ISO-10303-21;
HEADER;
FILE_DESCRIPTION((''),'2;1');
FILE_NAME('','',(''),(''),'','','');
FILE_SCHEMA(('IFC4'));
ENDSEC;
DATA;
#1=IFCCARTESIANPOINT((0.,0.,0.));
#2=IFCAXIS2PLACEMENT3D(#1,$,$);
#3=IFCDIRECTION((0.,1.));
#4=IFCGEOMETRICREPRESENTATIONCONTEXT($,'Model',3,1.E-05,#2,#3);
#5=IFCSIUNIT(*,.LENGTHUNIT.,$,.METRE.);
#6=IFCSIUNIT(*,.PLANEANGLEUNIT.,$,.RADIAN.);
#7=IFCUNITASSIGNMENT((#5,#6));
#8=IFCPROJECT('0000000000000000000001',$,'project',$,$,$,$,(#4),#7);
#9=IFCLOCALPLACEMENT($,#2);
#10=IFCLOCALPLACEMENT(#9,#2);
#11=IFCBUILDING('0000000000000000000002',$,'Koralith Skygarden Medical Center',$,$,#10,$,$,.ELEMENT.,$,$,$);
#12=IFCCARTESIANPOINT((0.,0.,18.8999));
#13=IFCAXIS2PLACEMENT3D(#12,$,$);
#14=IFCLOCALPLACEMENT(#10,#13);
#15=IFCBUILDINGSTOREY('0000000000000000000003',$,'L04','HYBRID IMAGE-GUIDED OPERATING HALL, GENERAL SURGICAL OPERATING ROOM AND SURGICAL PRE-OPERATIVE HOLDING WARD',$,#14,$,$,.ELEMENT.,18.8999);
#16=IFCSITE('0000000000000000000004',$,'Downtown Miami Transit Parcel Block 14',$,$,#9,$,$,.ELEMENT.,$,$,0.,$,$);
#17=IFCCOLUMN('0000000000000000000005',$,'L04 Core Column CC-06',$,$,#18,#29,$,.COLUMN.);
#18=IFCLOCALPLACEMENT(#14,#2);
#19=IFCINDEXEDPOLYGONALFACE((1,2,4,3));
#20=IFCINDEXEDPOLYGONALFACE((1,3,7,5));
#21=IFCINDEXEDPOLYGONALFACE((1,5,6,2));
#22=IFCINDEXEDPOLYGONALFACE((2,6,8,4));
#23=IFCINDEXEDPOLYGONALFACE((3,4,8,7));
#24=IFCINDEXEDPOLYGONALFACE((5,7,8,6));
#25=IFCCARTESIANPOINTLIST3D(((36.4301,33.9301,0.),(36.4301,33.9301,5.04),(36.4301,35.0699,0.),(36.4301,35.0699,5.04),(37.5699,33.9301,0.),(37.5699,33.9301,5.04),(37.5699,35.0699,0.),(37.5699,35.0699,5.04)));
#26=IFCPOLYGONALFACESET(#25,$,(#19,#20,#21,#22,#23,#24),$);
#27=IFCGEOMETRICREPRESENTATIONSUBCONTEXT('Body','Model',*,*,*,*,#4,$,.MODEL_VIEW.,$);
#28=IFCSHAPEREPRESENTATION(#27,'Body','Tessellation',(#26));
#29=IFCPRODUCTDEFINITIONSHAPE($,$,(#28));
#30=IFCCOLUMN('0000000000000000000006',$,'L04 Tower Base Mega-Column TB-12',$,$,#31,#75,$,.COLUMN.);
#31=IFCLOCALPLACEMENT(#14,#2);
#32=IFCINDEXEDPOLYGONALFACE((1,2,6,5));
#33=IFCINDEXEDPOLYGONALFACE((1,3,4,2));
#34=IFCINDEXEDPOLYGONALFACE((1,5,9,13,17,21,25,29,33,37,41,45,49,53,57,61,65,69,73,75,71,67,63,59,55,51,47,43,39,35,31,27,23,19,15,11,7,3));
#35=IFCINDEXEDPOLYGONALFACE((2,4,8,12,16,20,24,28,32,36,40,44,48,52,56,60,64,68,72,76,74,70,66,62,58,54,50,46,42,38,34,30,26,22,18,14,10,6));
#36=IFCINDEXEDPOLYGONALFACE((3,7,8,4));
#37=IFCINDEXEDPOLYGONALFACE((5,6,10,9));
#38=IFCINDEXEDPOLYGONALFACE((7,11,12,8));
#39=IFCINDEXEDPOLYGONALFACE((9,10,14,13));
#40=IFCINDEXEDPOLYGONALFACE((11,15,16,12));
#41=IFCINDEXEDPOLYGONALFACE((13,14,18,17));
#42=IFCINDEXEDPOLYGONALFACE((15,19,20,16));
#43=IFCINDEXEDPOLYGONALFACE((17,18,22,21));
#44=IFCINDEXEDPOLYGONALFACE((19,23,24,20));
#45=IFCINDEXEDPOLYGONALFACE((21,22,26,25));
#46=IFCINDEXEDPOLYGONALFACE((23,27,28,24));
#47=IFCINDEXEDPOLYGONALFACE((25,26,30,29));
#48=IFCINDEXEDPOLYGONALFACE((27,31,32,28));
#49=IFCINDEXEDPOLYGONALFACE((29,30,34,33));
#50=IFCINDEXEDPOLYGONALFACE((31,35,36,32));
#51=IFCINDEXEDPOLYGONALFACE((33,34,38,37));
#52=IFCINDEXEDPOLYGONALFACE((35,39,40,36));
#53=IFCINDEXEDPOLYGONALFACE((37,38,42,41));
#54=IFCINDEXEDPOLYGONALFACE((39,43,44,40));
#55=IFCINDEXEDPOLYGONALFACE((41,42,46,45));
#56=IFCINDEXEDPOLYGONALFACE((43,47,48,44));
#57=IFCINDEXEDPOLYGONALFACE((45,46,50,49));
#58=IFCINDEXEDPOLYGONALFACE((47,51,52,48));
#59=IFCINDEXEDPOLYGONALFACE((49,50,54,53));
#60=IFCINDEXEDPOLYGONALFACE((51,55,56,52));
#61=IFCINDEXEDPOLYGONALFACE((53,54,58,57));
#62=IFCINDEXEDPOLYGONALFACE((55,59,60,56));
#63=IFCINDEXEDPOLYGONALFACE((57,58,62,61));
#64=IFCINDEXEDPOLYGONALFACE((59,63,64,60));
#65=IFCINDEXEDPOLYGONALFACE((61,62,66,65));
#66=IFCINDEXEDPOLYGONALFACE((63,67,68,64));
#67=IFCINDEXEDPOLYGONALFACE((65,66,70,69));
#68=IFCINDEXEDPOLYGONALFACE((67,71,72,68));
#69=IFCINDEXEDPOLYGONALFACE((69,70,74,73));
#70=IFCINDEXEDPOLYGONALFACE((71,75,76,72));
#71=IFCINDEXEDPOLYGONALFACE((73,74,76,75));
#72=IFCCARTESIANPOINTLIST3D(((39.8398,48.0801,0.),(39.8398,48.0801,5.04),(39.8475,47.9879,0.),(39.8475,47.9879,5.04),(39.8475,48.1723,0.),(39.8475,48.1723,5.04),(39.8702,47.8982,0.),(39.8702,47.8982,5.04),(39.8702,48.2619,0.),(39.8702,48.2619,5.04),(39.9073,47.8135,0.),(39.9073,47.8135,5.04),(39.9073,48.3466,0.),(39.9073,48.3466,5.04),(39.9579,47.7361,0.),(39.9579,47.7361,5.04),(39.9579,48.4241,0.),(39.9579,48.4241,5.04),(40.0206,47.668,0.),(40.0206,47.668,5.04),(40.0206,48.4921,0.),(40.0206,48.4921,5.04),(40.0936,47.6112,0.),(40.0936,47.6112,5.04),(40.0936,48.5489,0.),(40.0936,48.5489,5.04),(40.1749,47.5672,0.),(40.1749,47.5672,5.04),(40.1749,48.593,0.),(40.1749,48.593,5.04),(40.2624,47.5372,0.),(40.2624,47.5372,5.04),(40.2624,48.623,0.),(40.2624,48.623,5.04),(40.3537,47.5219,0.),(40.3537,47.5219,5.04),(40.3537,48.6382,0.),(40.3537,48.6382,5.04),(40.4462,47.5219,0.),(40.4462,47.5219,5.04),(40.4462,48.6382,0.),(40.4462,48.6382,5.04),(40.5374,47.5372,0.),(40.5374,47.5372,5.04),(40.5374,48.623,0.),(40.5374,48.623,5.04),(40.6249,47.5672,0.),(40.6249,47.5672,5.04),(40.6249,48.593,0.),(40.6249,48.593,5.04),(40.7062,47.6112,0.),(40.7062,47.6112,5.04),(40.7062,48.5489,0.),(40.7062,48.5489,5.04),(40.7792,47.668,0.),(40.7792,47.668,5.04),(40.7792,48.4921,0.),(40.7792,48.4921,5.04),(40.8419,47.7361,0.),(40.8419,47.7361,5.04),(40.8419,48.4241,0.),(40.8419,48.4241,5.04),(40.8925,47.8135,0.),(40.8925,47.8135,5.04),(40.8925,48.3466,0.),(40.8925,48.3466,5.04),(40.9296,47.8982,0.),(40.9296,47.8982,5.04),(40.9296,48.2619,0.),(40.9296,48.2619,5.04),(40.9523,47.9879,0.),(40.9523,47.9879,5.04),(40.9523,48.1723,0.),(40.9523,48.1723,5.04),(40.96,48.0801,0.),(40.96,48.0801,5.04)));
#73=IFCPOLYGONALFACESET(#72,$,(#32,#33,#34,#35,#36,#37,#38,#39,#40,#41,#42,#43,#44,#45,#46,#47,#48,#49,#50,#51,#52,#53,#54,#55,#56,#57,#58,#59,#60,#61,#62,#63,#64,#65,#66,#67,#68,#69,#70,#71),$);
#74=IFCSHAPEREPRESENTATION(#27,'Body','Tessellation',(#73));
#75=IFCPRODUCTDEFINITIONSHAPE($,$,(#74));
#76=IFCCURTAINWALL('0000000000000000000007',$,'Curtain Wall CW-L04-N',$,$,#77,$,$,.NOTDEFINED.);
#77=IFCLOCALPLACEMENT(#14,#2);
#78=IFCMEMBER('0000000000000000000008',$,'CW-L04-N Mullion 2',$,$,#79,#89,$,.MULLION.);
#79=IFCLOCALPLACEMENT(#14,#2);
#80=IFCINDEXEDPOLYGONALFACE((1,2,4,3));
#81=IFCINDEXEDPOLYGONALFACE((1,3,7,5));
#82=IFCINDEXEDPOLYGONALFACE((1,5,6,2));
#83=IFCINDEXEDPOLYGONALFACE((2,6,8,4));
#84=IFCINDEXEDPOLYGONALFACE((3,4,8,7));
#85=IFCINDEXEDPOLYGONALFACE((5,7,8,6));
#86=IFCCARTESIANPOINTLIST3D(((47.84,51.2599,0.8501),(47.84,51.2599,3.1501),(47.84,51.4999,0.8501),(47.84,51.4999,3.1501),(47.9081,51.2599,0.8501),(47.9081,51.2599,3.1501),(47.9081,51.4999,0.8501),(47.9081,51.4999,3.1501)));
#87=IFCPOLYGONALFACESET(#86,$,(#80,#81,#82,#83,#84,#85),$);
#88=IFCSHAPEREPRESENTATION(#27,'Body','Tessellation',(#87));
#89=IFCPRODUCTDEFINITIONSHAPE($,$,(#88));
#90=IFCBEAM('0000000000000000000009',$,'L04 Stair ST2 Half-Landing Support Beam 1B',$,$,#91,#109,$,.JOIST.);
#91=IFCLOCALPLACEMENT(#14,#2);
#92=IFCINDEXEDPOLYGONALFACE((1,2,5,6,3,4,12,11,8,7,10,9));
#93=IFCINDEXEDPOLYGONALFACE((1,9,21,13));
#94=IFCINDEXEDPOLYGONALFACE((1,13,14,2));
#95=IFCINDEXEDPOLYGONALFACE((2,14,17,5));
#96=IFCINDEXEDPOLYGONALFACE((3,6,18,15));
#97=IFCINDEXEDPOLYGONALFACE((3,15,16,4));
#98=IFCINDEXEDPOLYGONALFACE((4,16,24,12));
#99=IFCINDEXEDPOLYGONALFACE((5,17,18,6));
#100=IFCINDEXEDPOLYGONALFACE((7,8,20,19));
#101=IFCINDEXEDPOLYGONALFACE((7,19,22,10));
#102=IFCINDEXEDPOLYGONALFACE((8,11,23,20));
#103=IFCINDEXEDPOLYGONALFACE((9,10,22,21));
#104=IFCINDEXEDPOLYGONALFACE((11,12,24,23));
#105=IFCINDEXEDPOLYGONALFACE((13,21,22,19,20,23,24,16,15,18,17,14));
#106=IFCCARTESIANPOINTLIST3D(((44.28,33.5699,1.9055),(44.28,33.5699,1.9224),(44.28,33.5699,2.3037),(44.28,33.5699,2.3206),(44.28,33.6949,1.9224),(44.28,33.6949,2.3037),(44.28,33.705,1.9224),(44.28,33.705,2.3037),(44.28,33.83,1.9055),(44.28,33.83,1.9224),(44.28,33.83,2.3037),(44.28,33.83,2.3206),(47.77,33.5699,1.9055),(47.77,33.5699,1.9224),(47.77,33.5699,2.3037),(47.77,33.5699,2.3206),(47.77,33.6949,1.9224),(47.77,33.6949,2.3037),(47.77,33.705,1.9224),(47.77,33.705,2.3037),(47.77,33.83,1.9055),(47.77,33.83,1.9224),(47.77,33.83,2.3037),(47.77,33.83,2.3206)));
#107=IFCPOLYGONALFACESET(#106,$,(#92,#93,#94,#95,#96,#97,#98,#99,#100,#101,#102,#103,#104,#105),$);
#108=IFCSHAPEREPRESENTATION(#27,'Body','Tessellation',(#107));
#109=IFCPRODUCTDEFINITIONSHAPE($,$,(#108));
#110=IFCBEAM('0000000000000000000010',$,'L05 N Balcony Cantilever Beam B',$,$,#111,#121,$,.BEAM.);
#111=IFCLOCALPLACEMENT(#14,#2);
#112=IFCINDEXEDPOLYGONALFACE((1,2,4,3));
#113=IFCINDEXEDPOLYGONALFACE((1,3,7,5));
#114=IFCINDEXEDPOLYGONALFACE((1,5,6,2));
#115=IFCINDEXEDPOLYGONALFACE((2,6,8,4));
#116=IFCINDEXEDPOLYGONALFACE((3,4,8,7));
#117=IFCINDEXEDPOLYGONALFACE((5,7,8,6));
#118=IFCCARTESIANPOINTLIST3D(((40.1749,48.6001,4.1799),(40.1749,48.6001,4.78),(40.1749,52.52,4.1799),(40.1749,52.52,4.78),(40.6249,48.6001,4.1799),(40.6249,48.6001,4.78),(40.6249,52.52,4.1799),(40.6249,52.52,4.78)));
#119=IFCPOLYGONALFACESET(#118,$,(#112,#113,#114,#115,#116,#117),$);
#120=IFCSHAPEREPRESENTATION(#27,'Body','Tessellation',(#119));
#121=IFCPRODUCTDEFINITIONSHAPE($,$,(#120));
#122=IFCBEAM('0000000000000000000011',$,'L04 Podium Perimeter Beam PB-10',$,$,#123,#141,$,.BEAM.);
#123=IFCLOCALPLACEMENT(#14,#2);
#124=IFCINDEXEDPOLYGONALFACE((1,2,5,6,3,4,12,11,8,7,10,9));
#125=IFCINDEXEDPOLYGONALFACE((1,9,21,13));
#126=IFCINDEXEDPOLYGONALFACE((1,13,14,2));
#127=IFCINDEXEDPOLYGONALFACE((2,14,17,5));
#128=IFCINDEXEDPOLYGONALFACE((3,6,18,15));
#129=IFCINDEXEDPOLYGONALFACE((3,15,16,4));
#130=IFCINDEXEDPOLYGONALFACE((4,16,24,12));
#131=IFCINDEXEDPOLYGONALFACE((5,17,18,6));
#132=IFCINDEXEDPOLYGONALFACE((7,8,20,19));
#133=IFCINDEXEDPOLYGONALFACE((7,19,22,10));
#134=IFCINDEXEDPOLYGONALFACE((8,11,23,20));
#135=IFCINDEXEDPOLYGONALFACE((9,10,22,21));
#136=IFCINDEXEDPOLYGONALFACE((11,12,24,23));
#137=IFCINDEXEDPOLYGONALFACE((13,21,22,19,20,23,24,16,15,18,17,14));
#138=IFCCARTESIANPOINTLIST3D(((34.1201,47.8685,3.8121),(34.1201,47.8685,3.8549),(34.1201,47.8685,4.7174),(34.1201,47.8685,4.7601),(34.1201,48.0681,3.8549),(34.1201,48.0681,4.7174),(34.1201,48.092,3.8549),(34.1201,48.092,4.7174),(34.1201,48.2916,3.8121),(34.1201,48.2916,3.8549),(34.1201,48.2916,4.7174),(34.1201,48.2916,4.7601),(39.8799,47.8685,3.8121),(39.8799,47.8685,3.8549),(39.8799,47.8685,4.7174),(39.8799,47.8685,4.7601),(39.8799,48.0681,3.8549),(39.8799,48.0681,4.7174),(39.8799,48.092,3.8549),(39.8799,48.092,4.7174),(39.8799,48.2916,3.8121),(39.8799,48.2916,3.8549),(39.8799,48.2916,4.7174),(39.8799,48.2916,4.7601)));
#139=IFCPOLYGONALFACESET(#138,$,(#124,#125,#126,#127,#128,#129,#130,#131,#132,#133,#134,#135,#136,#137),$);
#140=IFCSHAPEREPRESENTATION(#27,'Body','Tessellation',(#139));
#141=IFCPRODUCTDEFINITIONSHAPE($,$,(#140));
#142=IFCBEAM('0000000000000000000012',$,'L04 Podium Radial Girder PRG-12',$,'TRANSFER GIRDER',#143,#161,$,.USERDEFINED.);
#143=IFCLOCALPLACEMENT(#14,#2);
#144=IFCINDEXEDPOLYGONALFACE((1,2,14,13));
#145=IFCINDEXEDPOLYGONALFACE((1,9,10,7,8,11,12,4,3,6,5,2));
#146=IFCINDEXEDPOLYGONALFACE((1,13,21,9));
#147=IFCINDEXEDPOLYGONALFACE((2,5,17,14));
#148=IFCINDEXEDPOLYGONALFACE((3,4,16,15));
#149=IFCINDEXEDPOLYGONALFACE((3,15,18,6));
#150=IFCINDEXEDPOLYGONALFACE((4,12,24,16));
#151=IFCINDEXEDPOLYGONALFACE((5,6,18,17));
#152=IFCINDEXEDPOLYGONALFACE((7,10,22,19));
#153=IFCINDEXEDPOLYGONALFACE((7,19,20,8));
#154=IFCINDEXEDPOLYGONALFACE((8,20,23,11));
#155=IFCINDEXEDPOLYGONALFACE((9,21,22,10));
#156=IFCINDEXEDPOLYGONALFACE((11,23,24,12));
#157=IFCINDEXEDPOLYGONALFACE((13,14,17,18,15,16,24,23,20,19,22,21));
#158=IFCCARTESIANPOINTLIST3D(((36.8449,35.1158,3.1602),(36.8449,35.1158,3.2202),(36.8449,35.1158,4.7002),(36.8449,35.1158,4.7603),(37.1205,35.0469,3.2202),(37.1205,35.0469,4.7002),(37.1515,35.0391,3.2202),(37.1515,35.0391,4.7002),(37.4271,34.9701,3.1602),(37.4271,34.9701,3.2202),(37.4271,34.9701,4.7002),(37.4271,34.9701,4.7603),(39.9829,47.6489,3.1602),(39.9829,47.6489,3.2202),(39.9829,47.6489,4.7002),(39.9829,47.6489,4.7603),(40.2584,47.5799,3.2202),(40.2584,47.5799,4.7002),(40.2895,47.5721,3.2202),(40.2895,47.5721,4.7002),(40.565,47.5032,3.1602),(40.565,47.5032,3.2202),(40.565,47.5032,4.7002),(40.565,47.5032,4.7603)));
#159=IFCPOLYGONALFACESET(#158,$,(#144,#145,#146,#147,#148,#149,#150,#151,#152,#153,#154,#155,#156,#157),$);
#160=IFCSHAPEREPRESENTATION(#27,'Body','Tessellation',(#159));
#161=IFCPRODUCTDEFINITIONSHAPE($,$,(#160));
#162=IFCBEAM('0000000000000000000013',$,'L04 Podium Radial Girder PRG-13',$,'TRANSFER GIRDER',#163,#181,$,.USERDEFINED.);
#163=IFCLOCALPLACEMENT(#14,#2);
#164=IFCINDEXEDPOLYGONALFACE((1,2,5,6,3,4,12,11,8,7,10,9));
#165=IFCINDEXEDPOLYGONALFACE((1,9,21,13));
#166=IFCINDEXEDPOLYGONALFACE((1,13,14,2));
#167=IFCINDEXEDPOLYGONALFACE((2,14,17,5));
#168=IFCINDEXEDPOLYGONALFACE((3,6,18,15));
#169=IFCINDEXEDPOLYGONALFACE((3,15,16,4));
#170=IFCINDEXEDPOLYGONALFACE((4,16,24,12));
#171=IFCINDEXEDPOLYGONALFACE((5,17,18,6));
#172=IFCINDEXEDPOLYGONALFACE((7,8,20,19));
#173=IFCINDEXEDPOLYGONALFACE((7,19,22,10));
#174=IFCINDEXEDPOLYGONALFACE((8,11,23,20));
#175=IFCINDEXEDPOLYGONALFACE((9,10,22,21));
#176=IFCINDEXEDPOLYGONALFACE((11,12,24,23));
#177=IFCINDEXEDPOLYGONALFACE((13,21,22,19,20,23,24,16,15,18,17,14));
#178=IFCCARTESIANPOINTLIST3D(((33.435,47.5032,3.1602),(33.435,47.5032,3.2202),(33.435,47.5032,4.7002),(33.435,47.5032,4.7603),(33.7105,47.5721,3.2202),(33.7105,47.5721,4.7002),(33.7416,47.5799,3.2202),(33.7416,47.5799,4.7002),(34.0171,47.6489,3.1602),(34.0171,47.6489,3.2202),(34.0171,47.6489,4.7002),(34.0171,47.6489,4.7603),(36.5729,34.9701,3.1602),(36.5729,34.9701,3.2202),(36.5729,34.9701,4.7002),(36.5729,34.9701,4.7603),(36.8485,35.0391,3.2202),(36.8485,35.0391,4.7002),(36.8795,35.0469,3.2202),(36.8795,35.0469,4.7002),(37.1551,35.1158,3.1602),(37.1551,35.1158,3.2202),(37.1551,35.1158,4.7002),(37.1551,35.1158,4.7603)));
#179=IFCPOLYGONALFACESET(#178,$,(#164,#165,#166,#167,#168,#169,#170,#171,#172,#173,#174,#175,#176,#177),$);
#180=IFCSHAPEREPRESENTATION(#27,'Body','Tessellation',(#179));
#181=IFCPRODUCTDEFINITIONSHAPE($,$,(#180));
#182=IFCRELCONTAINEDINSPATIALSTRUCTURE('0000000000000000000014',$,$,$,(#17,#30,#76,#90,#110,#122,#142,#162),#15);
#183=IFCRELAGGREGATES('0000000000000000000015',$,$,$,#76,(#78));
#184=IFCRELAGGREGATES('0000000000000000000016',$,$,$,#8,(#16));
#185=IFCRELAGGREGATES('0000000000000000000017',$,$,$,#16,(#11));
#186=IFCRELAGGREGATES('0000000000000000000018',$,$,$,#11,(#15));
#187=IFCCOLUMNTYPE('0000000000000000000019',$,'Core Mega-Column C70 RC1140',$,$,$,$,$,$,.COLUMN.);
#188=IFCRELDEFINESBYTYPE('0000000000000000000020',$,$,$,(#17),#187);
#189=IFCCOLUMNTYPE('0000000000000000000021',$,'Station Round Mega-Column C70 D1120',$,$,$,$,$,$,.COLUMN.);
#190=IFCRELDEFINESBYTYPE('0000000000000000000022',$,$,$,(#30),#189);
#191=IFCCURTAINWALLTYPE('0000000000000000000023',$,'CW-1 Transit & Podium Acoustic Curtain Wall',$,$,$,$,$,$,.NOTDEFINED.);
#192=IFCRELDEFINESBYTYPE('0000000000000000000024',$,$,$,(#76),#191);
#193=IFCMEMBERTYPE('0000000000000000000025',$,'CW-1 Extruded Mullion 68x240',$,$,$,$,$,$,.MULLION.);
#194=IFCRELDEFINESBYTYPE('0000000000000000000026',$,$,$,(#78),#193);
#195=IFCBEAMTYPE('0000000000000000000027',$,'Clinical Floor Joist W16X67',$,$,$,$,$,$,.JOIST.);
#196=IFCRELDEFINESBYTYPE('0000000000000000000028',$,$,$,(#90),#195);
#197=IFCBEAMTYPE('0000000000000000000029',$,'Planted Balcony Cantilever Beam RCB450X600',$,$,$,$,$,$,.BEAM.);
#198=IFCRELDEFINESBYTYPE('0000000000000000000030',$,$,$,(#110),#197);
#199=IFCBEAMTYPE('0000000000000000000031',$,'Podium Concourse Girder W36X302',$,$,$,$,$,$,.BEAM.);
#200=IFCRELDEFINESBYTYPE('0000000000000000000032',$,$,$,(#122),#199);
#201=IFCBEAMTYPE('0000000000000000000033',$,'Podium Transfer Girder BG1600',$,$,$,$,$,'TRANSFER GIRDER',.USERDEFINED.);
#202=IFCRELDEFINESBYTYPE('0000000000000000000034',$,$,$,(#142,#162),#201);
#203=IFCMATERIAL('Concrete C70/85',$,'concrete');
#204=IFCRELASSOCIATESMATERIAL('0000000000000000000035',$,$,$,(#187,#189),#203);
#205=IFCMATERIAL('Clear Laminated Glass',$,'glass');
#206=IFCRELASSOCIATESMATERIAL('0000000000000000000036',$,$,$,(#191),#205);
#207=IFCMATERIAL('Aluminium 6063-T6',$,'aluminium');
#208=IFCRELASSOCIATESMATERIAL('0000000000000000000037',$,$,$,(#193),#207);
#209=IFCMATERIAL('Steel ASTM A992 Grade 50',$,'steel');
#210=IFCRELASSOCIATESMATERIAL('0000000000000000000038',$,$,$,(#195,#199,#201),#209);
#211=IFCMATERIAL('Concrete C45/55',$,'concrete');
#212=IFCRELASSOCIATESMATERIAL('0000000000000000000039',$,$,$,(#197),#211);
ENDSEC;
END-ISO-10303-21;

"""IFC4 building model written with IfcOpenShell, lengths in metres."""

from ifc_helpers import new_model, si_unit, direction, frame, origin, origin_2d, place, context, subcontext, project, spatial, rectangle, circle, i_section, extrude, material, material_profile, profile_set, type_object, element, aggregate, save


model = new_model("IFC4")

# Units and contexts
model_context = context("Model", 3, precision=1e-05, world=origin(), true_north=direction((0.0, 1.0)))
body_context = subcontext(model_context, "Body", "Model", "MODEL_VIEW")
ifc_project = project(units=[si_unit("LENGTHUNIT", "METRE"), si_unit("PLANEANGLEUNIT", "RADIAN")], contexts=[model_context])

# Site, building, storey
site_placement = place(None, origin())
site = spatial("IfcSite", under=ifc_project, at=site_placement, Name="Downtown Miami Transit Parcel Block 14", CompositionType="ELEMENT", RefElevation=0.0)
building_placement = place(site_placement, origin())
building = spatial("IfcBuilding", under=site, at=building_placement, Name="Koralith Skygarden Medical Center", CompositionType="ELEMENT")
storey_placement = place(building_placement, frame((0.0, 0.0, 18.8999)))
storey = spatial("IfcBuildingStorey", under=building, at=storey_placement, Name="L04", Description="HYBRID IMAGE-GUIDED OPERATING HALL, GENERAL SURGICAL OPERATING ROOM AND SURGICAL PRE-OPERATIVE HOLDING WARD", CompositionType="ELEMENT", Elevation=18.8999)

# Columns
ifc_material_1 = material(Name="Concrete C70/85", Category="concrete")
ifc_material_profile_1 = material_profile(ifc_material_1, rectangle(XDim=1.1399, YDim=1.1399, at=origin_2d()), Name="RC1140X1140")
ifc_profile_set_1 = profile_set([ifc_material_profile_1], Name="Concrete C70/85")
column_type_1 = type_object("IfcColumnType", Name="Core Mega-Column C70 RC1140", PredefinedType="COLUMN", material=ifc_profile_set_1)
column_1_placement = place(storey_placement, frame((37.0, 34.5, 0.0), z_axis=(0.0, 0.0, 1.0), x_axis=(1.0, 0.0, 0.0)))
element("IfcColumn", 1, at=column_1_placement, inside=storey, type_object=column_type_1, Name="L04 Core Column CC-06", PredefinedType="COLUMN", context=body_context, shape_type="SweptSolid", body=[
    extrude(rectangle(XDim=1.1399, YDim=1.1399, at=origin_2d()), origin(), (0.0, 0.0, 1.0), 5.04),
])
ifc_material_profile_2 = material_profile(ifc_material_1, circle(Radius=0.5601, at=origin_2d()), Name="RCCOL1120")
ifc_profile_set_2 = profile_set([ifc_material_profile_2], Name="Concrete C70/85")
column_type_2 = type_object("IfcColumnType", Name="Station Round Mega-Column C70 D1120", PredefinedType="COLUMN", material=ifc_profile_set_2)
column_2_placement = place(storey_placement, frame((40.3999, 48.0801, 0.0), z_axis=(0.0, 0.0, 1.0), x_axis=(1.0, 0.0, 0.0)))
element("IfcColumn", 2, at=column_2_placement, inside=storey, type_object=column_type_2, Name="L04 Tower Base Mega-Column TB-12", PredefinedType="COLUMN", context=body_context, shape_type="SweptSolid", body=[
    extrude(circle(Radius=0.5601, at=origin_2d()), origin(), (0.0, 0.0, 1.0), 5.04),
])

# Curtain wall, member
ifc_material_2 = material(Name="Clear Laminated Glass", Category="glass")
curtain_wall_type = type_object("IfcCurtainWallType", Name="CW-1 Transit & Podium Acoustic Curtain Wall", PredefinedType="NOTDEFINED", material=ifc_material_2)
curtain_wall_placement = place(storey_placement, origin())
curtain_wall = element("IfcCurtainWall", 3, at=curtain_wall_placement, inside=storey, type_object=curtain_wall_type, Name="Curtain Wall CW-L04-N", PredefinedType="NOTDEFINED")
ifc_material_3 = material(Name="Aluminium 6063-T6", Category="aluminium")
ifc_material_profile_3 = material_profile(ifc_material_3, rectangle(XDim=0.0681, YDim=0.24, at=origin_2d()), Name="MUL68X240")
ifc_profile_set_3 = profile_set([ifc_material_profile_3], Name="Aluminium 6063-T6")
member_type = type_object("IfcMemberType", Name="CW-1 Extruded Mullion 68x240", PredefinedType="MULLION", material=ifc_profile_set_3)
member_placement = place(storey_placement, frame((47.874, 51.3799, 0.8501), z_axis=(0.0, 0.0, 1.0), x_axis=(1.0, 0.0, 0.0)))
member = element("IfcMember", 4, at=member_placement, type_object=member_type, Name="CW-L04-N Mullion 2", PredefinedType="MULLION", context=body_context, shape_type="SweptSolid", body=[
    extrude(rectangle(XDim=0.0681, YDim=0.24, at=origin_2d()), origin(), (0.0, 0.0, 1.0), 2.3),
])

# Beams
ifc_material_4 = material(Name="Steel ASTM A992 Grade 50", Category="steel")
ifc_material_profile_4 = material_profile(ifc_material_4, i_section(OverallWidth=0.26, OverallDepth=0.415, WebThickness=0.01, FlangeThickness=0.0168, at=origin_2d()), Name="W16X67")
ifc_profile_set_4 = profile_set([ifc_material_profile_4], Name="Steel ASTM A992 Grade 50")
beam_type_1 = type_object("IfcBeamType", Name="Clinical Floor Joist W16X67", PredefinedType="JOIST", material=ifc_profile_set_4)
beam_1_placement = place(storey_placement, frame((44.28, 33.7, 2.113), z_axis=(1.0, 0.0, 0.0), x_axis=(0.0, 1.0, 0.0)))
element("IfcBeam", 5, at=beam_1_placement, inside=storey, type_object=beam_type_1, Name="L04 Stair ST2 Half-Landing Support Beam 1B", PredefinedType="JOIST", context=body_context, shape_type="SweptSolid", body=[
    extrude(i_section(OverallWidth=0.26, OverallDepth=0.415, WebThickness=0.01, FlangeThickness=0.0168, at=origin_2d()), origin(), (0.0, 0.0, 1.0), 3.49),
])
ifc_material_5 = material(Name="Concrete C45/55", Category="concrete")
ifc_material_profile_5 = material_profile(ifc_material_5, rectangle(XDim=0.45, YDim=0.6001, at=origin_2d()), Name="RCB450X600")
ifc_profile_set_5 = profile_set([ifc_material_profile_5], Name="Concrete C45/55")
beam_type_2 = type_object("IfcBeamType", Name="Planted Balcony Cantilever Beam RCB450X600", PredefinedType="BEAM", material=ifc_profile_set_5)
beam_2_placement = place(storey_placement, frame((40.3999, 48.6001, 4.48), z_axis=(0.0, 1.0, 0.0), x_axis=(-1.0, 0.0, 0.0)))
element("IfcBeam", 6, at=beam_2_placement, inside=storey, type_object=beam_type_2, Name="L05 N Balcony Cantilever Beam B", PredefinedType="BEAM", context=body_context, shape_type="SweptSolid", body=[
    extrude(rectangle(XDim=0.45, YDim=0.6001, at=origin_2d()), origin(), (0.0, 0.0, 1.0), 3.9199),
])
ifc_material_profile_6 = material_profile(ifc_material_4, i_section(OverallWidth=0.4231, OverallDepth=0.948, WebThickness=0.0239, FlangeThickness=0.0427, at=origin_2d()), Name="W36X302")
ifc_profile_set_6 = profile_set([ifc_material_profile_6], Name="Steel ASTM A992 Grade 50")
beam_type_3 = type_object("IfcBeamType", Name="Podium Concourse Girder W36X302", PredefinedType="BEAM", material=ifc_profile_set_6)
beam_3_placement = place(storey_placement, frame((39.8799, 48.0801, 4.2861), z_axis=(-1.0, 0.0, 0.0), x_axis=(0.0, -1.0, 0.0)))
element("IfcBeam", 7, at=beam_3_placement, inside=storey, type_object=beam_type_3, Name="L04 Podium Perimeter Beam PB-10", PredefinedType="BEAM", context=body_context, shape_type="SweptSolid", body=[
    extrude(i_section(OverallWidth=0.4231, OverallDepth=0.948, WebThickness=0.0239, FlangeThickness=0.0427, at=origin_2d()), origin(), (0.0, 0.0, 1.0), 5.7598),
])
ifc_material_profile_7 = material_profile(ifc_material_4, i_section(OverallWidth=0.6001, OverallDepth=1.6001, WebThickness=0.032, FlangeThickness=0.0601, at=origin_2d()), Name="BG1600X600X60X32")
ifc_profile_set_7 = profile_set([ifc_material_profile_7], Name="Steel ASTM A992 Grade 50")
beam_type_4 = type_object("IfcBeamType", Name="Podium Transfer Girder BG1600", ElementType="TRANSFER GIRDER", PredefinedType="USERDEFINED", material=ifc_profile_set_7)
for number, where, z_axis, x_axis, name in (
    (8, (37.136, 35.043, 3.9602), (0.242878, 0.970057, 0.0), (-0.970057, 0.242878, 0.0), "L04 Podium Radial Girder PRG-12"),
    (9, (36.864, 35.043, 3.9602), (-0.242878, 0.970057, 0.0), (-0.970057, -0.242878, 0.0), "L04 Podium Radial Girder PRG-13"),
):
    element("IfcBeam", number, at=place(storey_placement, frame(where, z_axis=z_axis, x_axis=x_axis)), inside=storey, type_object=beam_type_4, Name=name, ObjectType="TRANSFER GIRDER", PredefinedType="USERDEFINED", context=body_context, shape_type="SweptSolid", body=[
        extrude(i_section(OverallWidth=0.6001, OverallDepth=1.6001, WebThickness=0.032, FlangeThickness=0.0601, at=origin_2d()), origin(), (0.0, 0.0, 1.0), 12.9199),
    ])

aggregate(curtain_wall, [member])

save(model, "model.ifc")
